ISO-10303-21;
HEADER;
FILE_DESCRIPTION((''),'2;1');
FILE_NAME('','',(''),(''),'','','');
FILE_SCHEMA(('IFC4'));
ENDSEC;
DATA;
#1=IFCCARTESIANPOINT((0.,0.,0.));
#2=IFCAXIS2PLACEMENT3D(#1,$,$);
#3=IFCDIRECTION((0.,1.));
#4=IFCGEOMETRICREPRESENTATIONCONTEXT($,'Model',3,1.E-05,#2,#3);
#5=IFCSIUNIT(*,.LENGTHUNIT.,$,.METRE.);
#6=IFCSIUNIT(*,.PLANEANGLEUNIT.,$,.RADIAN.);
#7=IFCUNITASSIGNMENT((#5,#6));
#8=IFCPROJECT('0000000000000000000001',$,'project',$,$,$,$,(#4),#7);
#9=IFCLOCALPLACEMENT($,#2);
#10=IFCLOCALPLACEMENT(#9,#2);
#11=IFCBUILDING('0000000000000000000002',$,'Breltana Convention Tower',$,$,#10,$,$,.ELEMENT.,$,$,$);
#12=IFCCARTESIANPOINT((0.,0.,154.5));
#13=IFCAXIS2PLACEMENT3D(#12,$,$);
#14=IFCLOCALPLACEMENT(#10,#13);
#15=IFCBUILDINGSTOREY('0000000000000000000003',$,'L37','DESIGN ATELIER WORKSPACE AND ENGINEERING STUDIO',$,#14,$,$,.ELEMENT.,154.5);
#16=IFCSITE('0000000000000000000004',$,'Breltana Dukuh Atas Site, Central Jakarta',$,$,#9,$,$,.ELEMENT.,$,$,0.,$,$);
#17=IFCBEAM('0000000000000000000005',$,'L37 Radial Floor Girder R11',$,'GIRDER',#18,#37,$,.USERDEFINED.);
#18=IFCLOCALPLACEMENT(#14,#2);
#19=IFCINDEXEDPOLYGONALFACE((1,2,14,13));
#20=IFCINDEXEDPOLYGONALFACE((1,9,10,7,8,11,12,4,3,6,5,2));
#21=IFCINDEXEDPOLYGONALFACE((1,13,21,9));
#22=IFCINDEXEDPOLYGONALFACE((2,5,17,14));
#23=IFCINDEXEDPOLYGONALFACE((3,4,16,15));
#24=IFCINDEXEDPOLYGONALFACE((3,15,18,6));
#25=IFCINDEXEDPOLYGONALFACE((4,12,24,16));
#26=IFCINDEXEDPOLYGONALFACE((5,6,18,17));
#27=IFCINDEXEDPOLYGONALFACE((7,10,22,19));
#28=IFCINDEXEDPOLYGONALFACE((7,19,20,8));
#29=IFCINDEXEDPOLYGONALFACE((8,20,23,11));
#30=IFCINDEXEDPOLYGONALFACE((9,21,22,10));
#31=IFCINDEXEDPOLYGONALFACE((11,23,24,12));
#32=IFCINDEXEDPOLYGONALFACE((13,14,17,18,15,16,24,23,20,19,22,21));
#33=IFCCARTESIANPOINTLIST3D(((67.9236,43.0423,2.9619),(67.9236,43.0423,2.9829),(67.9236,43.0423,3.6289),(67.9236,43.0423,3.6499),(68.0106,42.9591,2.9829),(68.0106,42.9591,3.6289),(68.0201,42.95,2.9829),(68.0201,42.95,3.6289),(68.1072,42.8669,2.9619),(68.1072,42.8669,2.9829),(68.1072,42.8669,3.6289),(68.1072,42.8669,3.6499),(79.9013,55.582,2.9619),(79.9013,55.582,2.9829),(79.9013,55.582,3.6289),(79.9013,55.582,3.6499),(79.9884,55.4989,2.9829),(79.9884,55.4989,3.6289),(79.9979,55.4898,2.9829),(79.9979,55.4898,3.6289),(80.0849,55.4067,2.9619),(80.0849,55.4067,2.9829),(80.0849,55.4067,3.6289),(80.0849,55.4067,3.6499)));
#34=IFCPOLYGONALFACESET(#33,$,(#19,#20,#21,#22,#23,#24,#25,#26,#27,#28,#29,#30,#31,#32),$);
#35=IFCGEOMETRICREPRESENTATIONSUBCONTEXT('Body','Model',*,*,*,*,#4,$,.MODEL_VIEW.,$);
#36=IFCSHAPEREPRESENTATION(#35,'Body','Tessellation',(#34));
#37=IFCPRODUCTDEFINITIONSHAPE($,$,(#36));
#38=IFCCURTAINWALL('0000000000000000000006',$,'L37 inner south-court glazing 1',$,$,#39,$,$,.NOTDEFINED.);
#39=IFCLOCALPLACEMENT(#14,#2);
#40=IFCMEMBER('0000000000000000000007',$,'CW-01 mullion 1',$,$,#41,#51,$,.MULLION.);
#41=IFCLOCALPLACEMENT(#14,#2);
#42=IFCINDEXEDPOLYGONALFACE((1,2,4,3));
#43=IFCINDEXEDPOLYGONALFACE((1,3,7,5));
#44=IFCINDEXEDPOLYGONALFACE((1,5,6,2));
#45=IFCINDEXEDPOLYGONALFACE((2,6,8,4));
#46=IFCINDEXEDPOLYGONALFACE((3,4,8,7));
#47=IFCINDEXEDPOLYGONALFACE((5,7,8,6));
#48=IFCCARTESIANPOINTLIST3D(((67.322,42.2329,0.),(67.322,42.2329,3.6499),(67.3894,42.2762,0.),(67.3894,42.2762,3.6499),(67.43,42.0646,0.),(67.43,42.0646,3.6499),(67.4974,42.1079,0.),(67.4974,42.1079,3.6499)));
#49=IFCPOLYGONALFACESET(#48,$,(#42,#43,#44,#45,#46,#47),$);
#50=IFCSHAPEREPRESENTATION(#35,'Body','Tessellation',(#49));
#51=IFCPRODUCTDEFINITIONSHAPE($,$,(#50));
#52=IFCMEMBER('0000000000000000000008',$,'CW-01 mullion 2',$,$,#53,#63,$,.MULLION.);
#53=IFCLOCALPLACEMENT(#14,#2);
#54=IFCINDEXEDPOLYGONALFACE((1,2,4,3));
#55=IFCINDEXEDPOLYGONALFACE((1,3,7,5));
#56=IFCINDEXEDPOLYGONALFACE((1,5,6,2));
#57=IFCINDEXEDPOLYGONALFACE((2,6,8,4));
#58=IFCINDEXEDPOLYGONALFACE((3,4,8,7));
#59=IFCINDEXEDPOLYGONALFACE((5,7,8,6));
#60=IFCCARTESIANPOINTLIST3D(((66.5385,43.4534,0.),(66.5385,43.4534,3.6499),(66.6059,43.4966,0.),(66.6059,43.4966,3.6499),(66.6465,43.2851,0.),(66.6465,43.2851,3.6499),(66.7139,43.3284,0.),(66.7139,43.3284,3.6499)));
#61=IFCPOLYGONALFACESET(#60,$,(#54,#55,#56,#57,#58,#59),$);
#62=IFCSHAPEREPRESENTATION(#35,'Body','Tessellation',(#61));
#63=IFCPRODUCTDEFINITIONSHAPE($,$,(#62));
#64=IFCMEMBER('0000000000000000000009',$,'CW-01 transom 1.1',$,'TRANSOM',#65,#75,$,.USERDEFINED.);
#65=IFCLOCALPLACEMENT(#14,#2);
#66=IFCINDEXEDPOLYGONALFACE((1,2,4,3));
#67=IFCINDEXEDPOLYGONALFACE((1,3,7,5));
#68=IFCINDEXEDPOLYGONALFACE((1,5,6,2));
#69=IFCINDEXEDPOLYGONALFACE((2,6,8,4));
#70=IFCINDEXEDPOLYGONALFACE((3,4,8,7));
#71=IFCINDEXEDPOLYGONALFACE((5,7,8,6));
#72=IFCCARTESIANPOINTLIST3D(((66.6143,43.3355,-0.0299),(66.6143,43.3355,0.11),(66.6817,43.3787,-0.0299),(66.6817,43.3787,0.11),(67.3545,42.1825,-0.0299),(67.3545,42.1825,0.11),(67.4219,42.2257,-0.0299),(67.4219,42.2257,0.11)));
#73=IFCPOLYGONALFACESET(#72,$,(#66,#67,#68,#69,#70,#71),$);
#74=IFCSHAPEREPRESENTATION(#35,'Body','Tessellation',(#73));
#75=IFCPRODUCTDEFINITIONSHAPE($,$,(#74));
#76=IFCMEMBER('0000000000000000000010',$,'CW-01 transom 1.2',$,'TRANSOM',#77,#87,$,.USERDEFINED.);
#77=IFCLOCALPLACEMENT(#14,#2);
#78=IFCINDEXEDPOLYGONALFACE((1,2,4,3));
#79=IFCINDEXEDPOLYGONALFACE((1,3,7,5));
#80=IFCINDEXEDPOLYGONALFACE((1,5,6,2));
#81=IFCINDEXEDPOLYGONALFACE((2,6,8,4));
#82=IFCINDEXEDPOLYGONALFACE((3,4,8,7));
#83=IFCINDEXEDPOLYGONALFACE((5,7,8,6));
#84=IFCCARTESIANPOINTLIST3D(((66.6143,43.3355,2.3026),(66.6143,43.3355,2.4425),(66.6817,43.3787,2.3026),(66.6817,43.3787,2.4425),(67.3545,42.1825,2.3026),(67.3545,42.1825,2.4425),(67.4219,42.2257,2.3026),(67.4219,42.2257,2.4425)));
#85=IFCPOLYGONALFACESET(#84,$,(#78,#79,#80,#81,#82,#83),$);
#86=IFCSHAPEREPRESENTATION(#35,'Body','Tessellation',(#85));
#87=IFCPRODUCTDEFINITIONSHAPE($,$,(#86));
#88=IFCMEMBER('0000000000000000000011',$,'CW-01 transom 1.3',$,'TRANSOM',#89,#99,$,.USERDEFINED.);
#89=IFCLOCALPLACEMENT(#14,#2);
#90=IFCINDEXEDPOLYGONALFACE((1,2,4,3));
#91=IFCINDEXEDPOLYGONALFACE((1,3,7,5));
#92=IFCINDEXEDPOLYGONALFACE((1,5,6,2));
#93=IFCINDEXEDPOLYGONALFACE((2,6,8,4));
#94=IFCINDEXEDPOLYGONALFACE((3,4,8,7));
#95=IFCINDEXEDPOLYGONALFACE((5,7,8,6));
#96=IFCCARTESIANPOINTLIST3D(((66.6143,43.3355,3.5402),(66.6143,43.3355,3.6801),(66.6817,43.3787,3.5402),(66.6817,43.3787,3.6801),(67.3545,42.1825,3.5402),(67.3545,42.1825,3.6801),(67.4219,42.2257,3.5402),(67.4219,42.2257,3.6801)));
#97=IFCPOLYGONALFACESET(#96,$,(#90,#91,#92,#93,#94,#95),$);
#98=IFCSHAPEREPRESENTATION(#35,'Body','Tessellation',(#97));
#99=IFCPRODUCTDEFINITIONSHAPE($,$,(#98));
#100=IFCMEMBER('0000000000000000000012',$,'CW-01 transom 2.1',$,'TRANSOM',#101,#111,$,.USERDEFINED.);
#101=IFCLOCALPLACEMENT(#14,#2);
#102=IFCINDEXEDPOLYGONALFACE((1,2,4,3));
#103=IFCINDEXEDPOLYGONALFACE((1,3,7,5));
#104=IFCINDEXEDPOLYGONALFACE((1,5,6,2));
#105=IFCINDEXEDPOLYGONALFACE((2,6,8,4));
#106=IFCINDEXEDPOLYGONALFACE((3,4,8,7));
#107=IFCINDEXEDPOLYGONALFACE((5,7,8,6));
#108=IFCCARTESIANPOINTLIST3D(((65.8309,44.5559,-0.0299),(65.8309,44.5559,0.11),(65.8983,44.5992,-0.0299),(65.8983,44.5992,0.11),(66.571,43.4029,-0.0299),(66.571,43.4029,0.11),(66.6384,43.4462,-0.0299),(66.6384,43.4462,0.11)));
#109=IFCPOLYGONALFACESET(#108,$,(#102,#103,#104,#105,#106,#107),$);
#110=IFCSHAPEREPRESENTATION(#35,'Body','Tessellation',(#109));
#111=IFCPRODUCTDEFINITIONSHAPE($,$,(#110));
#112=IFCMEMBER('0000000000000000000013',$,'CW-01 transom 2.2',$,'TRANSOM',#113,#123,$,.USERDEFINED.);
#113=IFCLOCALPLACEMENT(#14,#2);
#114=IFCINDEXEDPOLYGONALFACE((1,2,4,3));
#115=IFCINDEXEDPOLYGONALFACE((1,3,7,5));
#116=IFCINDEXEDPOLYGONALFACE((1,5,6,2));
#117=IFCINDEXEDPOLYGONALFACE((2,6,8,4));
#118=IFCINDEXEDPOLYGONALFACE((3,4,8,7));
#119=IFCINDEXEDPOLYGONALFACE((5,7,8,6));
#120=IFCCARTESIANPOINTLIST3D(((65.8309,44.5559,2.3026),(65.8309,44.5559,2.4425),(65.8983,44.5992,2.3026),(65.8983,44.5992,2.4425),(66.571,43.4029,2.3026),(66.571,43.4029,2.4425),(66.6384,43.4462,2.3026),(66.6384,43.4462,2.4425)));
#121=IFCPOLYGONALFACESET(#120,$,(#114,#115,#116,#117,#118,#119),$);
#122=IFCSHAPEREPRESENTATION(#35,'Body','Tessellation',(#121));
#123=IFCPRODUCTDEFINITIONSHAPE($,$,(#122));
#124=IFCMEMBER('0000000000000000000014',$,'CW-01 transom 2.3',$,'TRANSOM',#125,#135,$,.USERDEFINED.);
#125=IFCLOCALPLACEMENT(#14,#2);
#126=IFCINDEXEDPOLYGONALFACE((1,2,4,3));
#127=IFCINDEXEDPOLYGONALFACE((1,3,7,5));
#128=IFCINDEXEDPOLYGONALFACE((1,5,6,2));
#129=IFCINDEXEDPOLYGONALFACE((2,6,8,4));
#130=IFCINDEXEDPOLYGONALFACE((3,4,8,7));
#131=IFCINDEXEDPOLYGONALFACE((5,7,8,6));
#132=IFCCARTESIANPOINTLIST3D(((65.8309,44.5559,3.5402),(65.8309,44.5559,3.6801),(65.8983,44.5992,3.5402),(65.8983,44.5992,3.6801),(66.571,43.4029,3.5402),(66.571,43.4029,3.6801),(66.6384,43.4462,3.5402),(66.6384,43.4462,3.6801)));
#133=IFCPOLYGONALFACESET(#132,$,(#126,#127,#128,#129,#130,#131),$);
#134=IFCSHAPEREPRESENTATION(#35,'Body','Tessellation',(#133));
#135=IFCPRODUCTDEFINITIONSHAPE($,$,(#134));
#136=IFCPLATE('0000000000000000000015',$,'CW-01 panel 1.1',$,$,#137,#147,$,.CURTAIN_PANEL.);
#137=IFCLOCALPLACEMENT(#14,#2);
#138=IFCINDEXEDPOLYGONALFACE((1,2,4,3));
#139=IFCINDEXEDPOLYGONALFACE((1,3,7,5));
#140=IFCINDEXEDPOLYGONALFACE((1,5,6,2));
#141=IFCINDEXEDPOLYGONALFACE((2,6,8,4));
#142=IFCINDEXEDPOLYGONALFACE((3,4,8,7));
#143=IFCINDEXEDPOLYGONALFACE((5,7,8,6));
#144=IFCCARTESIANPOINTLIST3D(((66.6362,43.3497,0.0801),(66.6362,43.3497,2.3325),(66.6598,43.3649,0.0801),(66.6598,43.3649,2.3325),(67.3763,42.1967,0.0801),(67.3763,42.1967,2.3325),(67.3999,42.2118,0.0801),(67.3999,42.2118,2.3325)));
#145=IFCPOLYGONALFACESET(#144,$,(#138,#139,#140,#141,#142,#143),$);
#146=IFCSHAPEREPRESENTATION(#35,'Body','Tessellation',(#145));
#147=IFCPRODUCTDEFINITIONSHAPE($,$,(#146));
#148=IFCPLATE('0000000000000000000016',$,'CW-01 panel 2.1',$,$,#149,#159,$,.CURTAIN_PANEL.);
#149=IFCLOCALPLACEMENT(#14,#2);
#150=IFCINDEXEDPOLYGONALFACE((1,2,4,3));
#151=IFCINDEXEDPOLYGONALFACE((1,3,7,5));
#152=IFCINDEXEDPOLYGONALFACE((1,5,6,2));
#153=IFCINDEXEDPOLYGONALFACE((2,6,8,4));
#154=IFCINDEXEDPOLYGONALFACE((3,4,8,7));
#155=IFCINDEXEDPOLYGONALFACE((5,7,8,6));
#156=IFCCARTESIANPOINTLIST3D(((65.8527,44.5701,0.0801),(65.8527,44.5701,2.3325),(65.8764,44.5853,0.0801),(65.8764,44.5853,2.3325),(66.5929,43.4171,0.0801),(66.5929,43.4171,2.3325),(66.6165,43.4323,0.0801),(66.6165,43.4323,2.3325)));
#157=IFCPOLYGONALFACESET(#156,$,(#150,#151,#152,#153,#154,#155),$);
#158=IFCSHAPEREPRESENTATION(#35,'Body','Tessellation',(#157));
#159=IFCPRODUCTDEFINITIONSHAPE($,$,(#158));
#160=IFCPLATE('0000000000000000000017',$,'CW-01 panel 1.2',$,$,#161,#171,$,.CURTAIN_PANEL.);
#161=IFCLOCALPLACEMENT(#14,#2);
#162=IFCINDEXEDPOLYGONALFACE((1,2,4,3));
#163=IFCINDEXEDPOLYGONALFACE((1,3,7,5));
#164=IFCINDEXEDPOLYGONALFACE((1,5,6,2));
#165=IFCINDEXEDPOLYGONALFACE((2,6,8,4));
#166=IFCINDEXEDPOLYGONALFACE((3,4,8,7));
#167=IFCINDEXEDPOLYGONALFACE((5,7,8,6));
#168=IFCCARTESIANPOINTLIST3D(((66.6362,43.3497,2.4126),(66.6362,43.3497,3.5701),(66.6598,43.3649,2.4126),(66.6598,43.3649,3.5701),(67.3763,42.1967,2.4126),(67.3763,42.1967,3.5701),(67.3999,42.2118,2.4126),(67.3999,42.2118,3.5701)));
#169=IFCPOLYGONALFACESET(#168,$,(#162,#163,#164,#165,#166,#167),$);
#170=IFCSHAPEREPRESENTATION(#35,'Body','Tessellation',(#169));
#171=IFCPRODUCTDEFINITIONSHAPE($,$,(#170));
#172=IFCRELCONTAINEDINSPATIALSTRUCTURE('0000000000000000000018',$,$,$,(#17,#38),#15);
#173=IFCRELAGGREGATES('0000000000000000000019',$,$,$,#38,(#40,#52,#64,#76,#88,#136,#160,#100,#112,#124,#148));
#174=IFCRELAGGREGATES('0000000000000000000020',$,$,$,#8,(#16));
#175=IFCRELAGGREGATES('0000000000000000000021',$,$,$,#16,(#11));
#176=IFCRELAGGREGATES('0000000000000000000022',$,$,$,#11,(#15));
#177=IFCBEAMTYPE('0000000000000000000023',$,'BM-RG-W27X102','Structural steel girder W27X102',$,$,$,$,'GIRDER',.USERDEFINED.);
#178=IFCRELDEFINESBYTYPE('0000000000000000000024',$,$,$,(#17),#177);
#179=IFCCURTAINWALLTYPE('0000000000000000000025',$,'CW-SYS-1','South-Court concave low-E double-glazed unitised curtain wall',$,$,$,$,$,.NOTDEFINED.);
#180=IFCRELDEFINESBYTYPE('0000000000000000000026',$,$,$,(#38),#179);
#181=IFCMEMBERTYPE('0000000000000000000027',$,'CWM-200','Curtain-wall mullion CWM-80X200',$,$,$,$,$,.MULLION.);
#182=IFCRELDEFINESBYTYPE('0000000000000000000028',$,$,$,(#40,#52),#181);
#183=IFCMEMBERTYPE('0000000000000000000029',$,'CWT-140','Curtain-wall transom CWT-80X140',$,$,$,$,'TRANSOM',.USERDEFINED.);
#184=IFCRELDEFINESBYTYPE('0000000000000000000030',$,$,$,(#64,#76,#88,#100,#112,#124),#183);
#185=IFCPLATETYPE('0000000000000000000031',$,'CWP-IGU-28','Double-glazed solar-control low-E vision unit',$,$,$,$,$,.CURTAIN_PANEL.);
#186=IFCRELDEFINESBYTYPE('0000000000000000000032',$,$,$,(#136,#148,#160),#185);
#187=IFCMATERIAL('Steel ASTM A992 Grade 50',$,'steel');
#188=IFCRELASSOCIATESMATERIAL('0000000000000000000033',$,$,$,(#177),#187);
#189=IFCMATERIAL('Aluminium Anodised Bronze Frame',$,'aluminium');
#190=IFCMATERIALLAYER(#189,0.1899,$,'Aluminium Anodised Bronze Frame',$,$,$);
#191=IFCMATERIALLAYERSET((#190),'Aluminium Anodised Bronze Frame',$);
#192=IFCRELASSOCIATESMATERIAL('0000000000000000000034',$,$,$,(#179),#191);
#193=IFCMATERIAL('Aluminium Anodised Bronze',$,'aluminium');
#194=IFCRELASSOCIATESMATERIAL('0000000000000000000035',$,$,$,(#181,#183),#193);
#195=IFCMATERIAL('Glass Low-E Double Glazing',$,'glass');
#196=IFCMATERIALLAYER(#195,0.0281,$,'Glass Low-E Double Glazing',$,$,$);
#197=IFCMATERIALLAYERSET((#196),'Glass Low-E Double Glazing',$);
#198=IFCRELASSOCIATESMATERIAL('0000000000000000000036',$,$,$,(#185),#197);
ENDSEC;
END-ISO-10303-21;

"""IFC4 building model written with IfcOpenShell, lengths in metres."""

from ifc_helpers import new_model, si_unit, direction, frame, origin, origin_2d, place, context, subcontext, project, spatial, rectangle, i_section, extrude, source, transform, mapped, material, layer, layer_set, material_profile, profile_set, type_object, type_shapes, element, aggregate, save


model = new_model("IFC4")

# Units and contexts
model_context = context("Model", 3, precision=1e-05, world=origin(), true_north=direction((0.0, 1.0)))
body_context = subcontext(model_context, "Body", "Model", "MODEL_VIEW")
ifc_project = project(units=[si_unit("LENGTHUNIT", "METRE"), si_unit("PLANEANGLEUNIT", "RADIAN")], contexts=[model_context])

# Site, building, storey
site_placement = place(None, origin())
site = spatial("IfcSite", under=ifc_project, at=site_placement, Name="Breltana Dukuh Atas Site, Central Jakarta", CompositionType="ELEMENT", RefElevation=0.0)
building_placement = place(site_placement, origin())
building = spatial("IfcBuilding", under=site, at=building_placement, Name="Breltana Convention Tower", CompositionType="ELEMENT")
storey_placement = place(building_placement, frame((0.0, 0.0, 154.5)))
storey = spatial("IfcBuildingStorey", under=building, at=storey_placement, Name="L37", Description="DESIGN ATELIER WORKSPACE AND ENGINEERING STUDIO", CompositionType="ELEMENT", Elevation=154.5)

# Beam
ifc_material_1 = material(Name="Steel ASTM A992 Grade 50", Category="steel")
ifc_material_profile_1 = material_profile(ifc_material_1, i_section(OverallWidth=0.2539, OverallDepth=0.688, WebThickness=0.0132, FlangeThickness=0.021, at=origin_2d()), Name="W27X102")
ifc_profile_set_1 = profile_set([ifc_material_profile_1], Name="Steel ASTM A992 Grade 50")
beam_type = type_object("IfcBeamType", Name="BM-RG-W27X102", Description="Structural steel girder W27X102", ElementType="GIRDER", PredefinedType="USERDEFINED", material=ifc_profile_set_1)
shared_shape_1 = source(origin(), body_context, "Body", "SweptSolid", [
    extrude(i_section(OverallWidth=0.2539, OverallDepth=0.688, WebThickness=0.0132, FlangeThickness=0.021, at=origin_2d()), origin(), (0.0, 0.0, 1.0), 17.3411),
])
type_shapes(beam_type, [shared_shape_1])
beam_placement = place(storey_placement, frame((68.0154, 42.9546, 3.3059), z_axis=(0.690716, 0.723126, 0.0), x_axis=(-0.723126, 0.690716, 0.0)))
element("IfcBeam", 1, at=beam_placement, inside=storey, type_object=beam_type, Name="L37 Radial Floor Girder R11", ObjectType="GIRDER", PredefinedType="USERDEFINED", context=body_context, shape_type="MappedRepresentation", body=[
    mapped(shared_shape_1, transform((0.0, 0.0, 0.0), scale=1.0)),
])

# Curtain wall, members, plates
ifc_material_2 = material(Name="Aluminium Anodised Bronze Frame", Category="aluminium")
ifc_layer_1 = layer(ifc_material_2, 0.1899, Name="Aluminium Anodised Bronze Frame")
ifc_layer_set_1 = layer_set([ifc_layer_1], Name="Aluminium Anodised Bronze Frame")
curtain_wall_type = type_object("IfcCurtainWallType", Name="CW-SYS-1", Description="South-Court concave low-E double-glazed unitised curtain wall", PredefinedType="NOTDEFINED", material=ifc_layer_set_1)
curtain_wall_placement = place(storey_placement, origin())
curtain_wall = element("IfcCurtainWall", 2, at=curtain_wall_placement, inside=storey, type_object=curtain_wall_type, Name="L37 inner south-court glazing 1", PredefinedType="NOTDEFINED")
ifc_material_3 = material(Name="Aluminium Anodised Bronze", Category="aluminium")
ifc_material_profile_2 = material_profile(ifc_material_3, rectangle(XDim=0.0801, YDim=0.2, at=origin_2d()), Name="CWM-80X200")
ifc_profile_set_2 = profile_set([ifc_material_profile_2], Name="Aluminium Anodised Bronze")
member_type_1 = type_object("IfcMemberType", Name="CWM-200", Description="Curtain-wall mullion CWM-80X200", PredefinedType="MULLION", material=ifc_profile_set_2)
shared_shape_2 = source(origin(), body_context, "Body", "SweptSolid", [
    extrude(rectangle(XDim=0.0801, YDim=0.2, at=origin_2d()), origin(), (0.0, 0.0, 1.0), 3.6499),
])
member_1_placement = place(storey_placement, frame((67.4097, 42.1704, 0.0), z_axis=(0.0, 0.0, 1.0), x_axis=(-0.841547, -0.540184, 0.0)))
member_1 = element("IfcMember", 3, at=member_1_placement, type_object=member_type_1, Name="CW-01 mullion 1", PredefinedType="MULLION", context=body_context, shape_type="MappedRepresentation", body=[
    mapped(shared_shape_2, transform((0.0, 0.0, 0.0), scale=1.0)),
])
member_2_placement = place(storey_placement, frame((66.6262, 43.3909, 0.0), z_axis=(0.0, 0.0, 1.0), x_axis=(-0.841547, -0.540184, 0.0)))
member_2 = element("IfcMember", 4, at=member_2_placement, type_object=member_type_1, Name="CW-01 mullion 2", PredefinedType="MULLION", context=body_context, shape_type="MappedRepresentation", body=[
    mapped(shared_shape_2, transform((0.0, 0.0, 0.0), scale=1.0)),
])
ifc_material_profile_3 = material_profile(ifc_material_3, rectangle(XDim=0.0801, YDim=0.1399, at=origin_2d()), Name="CWT-80X140")
ifc_profile_set_3 = profile_set([ifc_material_profile_3], Name="Aluminium Anodised Bronze")
member_type_2 = type_object("IfcMemberType", Name="CWT-140", Description="Curtain-wall transom CWT-80X140", ElementType="TRANSOM", PredefinedType="USERDEFINED", material=ifc_profile_set_3)
shared_shape_3 = source(origin(), body_context, "Body", "SweptSolid", [
    extrude(rectangle(XDim=0.0801, YDim=0.1399, at=origin_2d()), origin(), (0.0, 0.0, 1.0), 1.3701),
])
member_3_placement = place(storey_placement, frame((67.3882, 42.2041, 0.04), z_axis=(-0.540226, 0.84152, 0.0), x_axis=(-0.84152, -0.540226, 0.0)))
member_3 = element("IfcMember", 5, at=member_3_placement, type_object=member_type_2, Name="CW-01 transom 1.1", ObjectType="TRANSOM", PredefinedType="USERDEFINED", context=body_context, shape_type="MappedRepresentation", body=[
    mapped(shared_shape_3, transform((0.0, 0.0, 0.0), scale=1.0)),
])
member_4_placement = place(storey_placement, frame((67.3882, 42.2041, 2.3726), z_axis=(-0.540226, 0.84152, 0.0), x_axis=(-0.84152, -0.540226, 0.0)))
member_4 = element("IfcMember", 6, at=member_4_placement, type_object=member_type_2, Name="CW-01 transom 1.2", ObjectType="TRANSOM", PredefinedType="USERDEFINED", context=body_context, shape_type="MappedRepresentation", body=[
    mapped(shared_shape_3, transform((0.0, 0.0, 0.0), scale=1.0)),
])
member_5_placement = place(storey_placement, frame((67.3882, 42.2041, 3.6101), z_axis=(-0.540226, 0.84152, 0.0), x_axis=(-0.84152, -0.540226, 0.0)))
member_5 = element("IfcMember", 7, at=member_5_placement, type_object=member_type_2, Name="CW-01 transom 1.3", ObjectType="TRANSOM", PredefinedType="USERDEFINED", context=body_context, shape_type="MappedRepresentation", body=[
    mapped(shared_shape_3, transform((0.0, 0.0, 0.0), scale=1.0)),
])
member_6_placement = place(storey_placement, frame((66.6047, 43.4246, 0.04), z_axis=(-0.540226, 0.84152, 0.0), x_axis=(-0.84152, -0.540226, 0.0)))
member_6 = element("IfcMember", 8, at=member_6_placement, type_object=member_type_2, Name="CW-01 transom 2.1", ObjectType="TRANSOM", PredefinedType="USERDEFINED", context=body_context, shape_type="MappedRepresentation", body=[
    mapped(shared_shape_3, transform((0.0, 0.0, 0.0), scale=1.0)),
])
member_7_placement = place(storey_placement, frame((66.6047, 43.4246, 2.3726), z_axis=(-0.540226, 0.84152, 0.0), x_axis=(-0.84152, -0.540226, 0.0)))
member_7 = element("IfcMember", 9, at=member_7_placement, type_object=member_type_2, Name="CW-01 transom 2.2", ObjectType="TRANSOM", PredefinedType="USERDEFINED", context=body_context, shape_type="MappedRepresentation", body=[
    mapped(shared_shape_3, transform((0.0, 0.0, 0.0), scale=1.0)),
])
member_8_placement = place(storey_placement, frame((66.6047, 43.4246, 3.6101), z_axis=(-0.540226, 0.84152, 0.0), x_axis=(-0.84152, -0.540226, 0.0)))
member_8 = element("IfcMember", 10, at=member_8_placement, type_object=member_type_2, Name="CW-01 transom 2.3", ObjectType="TRANSOM", PredefinedType="USERDEFINED", context=body_context, shape_type="MappedRepresentation", body=[
    mapped(shared_shape_3, transform((0.0, 0.0, 0.0), scale=1.0)),
])
ifc_material_4 = material(Name="Glass Low-E Double Glazing", Category="glass")
ifc_layer_2 = layer(ifc_material_4, 0.0281, Name="Glass Low-E Double Glazing")
ifc_layer_set_2 = layer_set([ifc_layer_2], Name="Glass Low-E Double Glazing")
plate_type = type_object("IfcPlateType", Name="CWP-IGU-28", Description="Double-glazed solar-control low-E vision unit", PredefinedType="CURTAIN_PANEL", material=ifc_layer_set_2)
shared_shape_4 = source(origin(), body_context, "Body", "SweptSolid", [
    extrude(rectangle(XDim=1.3701, YDim=0.0281, at=origin_2d()), origin(), (0.0, 0.0, 1.0), 2.2524),
])
plate_1_placement = place(storey_placement, frame((67.0181, 42.7808, 0.0801), z_axis=(0.0, 0.0, 1.0), x_axis=(-0.540184, 0.841547, 0.0)))
plate_1 = element("IfcPlate", 11, at=plate_1_placement, type_object=plate_type, Name="CW-01 panel 1.1", PredefinedType="CURTAIN_PANEL", context=body_context, shape_type="MappedRepresentation", body=[
    mapped(shared_shape_4, transform((0.0, 0.0, 0.0), scale=1.0)),
])
plate_2_placement = place(storey_placement, frame((66.2346, 44.0012, 0.0801), z_axis=(0.0, 0.0, 1.0), x_axis=(-0.540184, 0.841547, 0.0)))
plate_2 = element("IfcPlate", 12, at=plate_2_placement, type_object=plate_type, Name="CW-01 panel 2.1", PredefinedType="CURTAIN_PANEL", context=body_context, shape_type="MappedRepresentation", body=[
    mapped(shared_shape_4, transform((0.0, 0.0, 0.0), scale=1.0)),
])
shared_shape_5 = source(origin(), body_context, "Body", "SweptSolid", [
    extrude(rectangle(XDim=1.3701, YDim=0.0281, at=origin_2d()), origin(), (0.0, 0.0, 1.0), 1.1575),
])
plate_3_placement = place(storey_placement, frame((67.0181, 42.7808, 2.4126), z_axis=(0.0, 0.0, 1.0), x_axis=(-0.540184, 0.841547, 0.0)))
plate_3 = element("IfcPlate", 13, at=plate_3_placement, type_object=plate_type, Name="CW-01 panel 1.2", PredefinedType="CURTAIN_PANEL", context=body_context, shape_type="MappedRepresentation", body=[
    mapped(shared_shape_5, transform((0.0, 0.0, 0.0), scale=1.0)),
])
aggregate(curtain_wall, [member_1, member_2, member_3, member_4, member_5, plate_1, plate_3, member_6, member_7, member_8, plate_2])

save(model, "model.ifc")
